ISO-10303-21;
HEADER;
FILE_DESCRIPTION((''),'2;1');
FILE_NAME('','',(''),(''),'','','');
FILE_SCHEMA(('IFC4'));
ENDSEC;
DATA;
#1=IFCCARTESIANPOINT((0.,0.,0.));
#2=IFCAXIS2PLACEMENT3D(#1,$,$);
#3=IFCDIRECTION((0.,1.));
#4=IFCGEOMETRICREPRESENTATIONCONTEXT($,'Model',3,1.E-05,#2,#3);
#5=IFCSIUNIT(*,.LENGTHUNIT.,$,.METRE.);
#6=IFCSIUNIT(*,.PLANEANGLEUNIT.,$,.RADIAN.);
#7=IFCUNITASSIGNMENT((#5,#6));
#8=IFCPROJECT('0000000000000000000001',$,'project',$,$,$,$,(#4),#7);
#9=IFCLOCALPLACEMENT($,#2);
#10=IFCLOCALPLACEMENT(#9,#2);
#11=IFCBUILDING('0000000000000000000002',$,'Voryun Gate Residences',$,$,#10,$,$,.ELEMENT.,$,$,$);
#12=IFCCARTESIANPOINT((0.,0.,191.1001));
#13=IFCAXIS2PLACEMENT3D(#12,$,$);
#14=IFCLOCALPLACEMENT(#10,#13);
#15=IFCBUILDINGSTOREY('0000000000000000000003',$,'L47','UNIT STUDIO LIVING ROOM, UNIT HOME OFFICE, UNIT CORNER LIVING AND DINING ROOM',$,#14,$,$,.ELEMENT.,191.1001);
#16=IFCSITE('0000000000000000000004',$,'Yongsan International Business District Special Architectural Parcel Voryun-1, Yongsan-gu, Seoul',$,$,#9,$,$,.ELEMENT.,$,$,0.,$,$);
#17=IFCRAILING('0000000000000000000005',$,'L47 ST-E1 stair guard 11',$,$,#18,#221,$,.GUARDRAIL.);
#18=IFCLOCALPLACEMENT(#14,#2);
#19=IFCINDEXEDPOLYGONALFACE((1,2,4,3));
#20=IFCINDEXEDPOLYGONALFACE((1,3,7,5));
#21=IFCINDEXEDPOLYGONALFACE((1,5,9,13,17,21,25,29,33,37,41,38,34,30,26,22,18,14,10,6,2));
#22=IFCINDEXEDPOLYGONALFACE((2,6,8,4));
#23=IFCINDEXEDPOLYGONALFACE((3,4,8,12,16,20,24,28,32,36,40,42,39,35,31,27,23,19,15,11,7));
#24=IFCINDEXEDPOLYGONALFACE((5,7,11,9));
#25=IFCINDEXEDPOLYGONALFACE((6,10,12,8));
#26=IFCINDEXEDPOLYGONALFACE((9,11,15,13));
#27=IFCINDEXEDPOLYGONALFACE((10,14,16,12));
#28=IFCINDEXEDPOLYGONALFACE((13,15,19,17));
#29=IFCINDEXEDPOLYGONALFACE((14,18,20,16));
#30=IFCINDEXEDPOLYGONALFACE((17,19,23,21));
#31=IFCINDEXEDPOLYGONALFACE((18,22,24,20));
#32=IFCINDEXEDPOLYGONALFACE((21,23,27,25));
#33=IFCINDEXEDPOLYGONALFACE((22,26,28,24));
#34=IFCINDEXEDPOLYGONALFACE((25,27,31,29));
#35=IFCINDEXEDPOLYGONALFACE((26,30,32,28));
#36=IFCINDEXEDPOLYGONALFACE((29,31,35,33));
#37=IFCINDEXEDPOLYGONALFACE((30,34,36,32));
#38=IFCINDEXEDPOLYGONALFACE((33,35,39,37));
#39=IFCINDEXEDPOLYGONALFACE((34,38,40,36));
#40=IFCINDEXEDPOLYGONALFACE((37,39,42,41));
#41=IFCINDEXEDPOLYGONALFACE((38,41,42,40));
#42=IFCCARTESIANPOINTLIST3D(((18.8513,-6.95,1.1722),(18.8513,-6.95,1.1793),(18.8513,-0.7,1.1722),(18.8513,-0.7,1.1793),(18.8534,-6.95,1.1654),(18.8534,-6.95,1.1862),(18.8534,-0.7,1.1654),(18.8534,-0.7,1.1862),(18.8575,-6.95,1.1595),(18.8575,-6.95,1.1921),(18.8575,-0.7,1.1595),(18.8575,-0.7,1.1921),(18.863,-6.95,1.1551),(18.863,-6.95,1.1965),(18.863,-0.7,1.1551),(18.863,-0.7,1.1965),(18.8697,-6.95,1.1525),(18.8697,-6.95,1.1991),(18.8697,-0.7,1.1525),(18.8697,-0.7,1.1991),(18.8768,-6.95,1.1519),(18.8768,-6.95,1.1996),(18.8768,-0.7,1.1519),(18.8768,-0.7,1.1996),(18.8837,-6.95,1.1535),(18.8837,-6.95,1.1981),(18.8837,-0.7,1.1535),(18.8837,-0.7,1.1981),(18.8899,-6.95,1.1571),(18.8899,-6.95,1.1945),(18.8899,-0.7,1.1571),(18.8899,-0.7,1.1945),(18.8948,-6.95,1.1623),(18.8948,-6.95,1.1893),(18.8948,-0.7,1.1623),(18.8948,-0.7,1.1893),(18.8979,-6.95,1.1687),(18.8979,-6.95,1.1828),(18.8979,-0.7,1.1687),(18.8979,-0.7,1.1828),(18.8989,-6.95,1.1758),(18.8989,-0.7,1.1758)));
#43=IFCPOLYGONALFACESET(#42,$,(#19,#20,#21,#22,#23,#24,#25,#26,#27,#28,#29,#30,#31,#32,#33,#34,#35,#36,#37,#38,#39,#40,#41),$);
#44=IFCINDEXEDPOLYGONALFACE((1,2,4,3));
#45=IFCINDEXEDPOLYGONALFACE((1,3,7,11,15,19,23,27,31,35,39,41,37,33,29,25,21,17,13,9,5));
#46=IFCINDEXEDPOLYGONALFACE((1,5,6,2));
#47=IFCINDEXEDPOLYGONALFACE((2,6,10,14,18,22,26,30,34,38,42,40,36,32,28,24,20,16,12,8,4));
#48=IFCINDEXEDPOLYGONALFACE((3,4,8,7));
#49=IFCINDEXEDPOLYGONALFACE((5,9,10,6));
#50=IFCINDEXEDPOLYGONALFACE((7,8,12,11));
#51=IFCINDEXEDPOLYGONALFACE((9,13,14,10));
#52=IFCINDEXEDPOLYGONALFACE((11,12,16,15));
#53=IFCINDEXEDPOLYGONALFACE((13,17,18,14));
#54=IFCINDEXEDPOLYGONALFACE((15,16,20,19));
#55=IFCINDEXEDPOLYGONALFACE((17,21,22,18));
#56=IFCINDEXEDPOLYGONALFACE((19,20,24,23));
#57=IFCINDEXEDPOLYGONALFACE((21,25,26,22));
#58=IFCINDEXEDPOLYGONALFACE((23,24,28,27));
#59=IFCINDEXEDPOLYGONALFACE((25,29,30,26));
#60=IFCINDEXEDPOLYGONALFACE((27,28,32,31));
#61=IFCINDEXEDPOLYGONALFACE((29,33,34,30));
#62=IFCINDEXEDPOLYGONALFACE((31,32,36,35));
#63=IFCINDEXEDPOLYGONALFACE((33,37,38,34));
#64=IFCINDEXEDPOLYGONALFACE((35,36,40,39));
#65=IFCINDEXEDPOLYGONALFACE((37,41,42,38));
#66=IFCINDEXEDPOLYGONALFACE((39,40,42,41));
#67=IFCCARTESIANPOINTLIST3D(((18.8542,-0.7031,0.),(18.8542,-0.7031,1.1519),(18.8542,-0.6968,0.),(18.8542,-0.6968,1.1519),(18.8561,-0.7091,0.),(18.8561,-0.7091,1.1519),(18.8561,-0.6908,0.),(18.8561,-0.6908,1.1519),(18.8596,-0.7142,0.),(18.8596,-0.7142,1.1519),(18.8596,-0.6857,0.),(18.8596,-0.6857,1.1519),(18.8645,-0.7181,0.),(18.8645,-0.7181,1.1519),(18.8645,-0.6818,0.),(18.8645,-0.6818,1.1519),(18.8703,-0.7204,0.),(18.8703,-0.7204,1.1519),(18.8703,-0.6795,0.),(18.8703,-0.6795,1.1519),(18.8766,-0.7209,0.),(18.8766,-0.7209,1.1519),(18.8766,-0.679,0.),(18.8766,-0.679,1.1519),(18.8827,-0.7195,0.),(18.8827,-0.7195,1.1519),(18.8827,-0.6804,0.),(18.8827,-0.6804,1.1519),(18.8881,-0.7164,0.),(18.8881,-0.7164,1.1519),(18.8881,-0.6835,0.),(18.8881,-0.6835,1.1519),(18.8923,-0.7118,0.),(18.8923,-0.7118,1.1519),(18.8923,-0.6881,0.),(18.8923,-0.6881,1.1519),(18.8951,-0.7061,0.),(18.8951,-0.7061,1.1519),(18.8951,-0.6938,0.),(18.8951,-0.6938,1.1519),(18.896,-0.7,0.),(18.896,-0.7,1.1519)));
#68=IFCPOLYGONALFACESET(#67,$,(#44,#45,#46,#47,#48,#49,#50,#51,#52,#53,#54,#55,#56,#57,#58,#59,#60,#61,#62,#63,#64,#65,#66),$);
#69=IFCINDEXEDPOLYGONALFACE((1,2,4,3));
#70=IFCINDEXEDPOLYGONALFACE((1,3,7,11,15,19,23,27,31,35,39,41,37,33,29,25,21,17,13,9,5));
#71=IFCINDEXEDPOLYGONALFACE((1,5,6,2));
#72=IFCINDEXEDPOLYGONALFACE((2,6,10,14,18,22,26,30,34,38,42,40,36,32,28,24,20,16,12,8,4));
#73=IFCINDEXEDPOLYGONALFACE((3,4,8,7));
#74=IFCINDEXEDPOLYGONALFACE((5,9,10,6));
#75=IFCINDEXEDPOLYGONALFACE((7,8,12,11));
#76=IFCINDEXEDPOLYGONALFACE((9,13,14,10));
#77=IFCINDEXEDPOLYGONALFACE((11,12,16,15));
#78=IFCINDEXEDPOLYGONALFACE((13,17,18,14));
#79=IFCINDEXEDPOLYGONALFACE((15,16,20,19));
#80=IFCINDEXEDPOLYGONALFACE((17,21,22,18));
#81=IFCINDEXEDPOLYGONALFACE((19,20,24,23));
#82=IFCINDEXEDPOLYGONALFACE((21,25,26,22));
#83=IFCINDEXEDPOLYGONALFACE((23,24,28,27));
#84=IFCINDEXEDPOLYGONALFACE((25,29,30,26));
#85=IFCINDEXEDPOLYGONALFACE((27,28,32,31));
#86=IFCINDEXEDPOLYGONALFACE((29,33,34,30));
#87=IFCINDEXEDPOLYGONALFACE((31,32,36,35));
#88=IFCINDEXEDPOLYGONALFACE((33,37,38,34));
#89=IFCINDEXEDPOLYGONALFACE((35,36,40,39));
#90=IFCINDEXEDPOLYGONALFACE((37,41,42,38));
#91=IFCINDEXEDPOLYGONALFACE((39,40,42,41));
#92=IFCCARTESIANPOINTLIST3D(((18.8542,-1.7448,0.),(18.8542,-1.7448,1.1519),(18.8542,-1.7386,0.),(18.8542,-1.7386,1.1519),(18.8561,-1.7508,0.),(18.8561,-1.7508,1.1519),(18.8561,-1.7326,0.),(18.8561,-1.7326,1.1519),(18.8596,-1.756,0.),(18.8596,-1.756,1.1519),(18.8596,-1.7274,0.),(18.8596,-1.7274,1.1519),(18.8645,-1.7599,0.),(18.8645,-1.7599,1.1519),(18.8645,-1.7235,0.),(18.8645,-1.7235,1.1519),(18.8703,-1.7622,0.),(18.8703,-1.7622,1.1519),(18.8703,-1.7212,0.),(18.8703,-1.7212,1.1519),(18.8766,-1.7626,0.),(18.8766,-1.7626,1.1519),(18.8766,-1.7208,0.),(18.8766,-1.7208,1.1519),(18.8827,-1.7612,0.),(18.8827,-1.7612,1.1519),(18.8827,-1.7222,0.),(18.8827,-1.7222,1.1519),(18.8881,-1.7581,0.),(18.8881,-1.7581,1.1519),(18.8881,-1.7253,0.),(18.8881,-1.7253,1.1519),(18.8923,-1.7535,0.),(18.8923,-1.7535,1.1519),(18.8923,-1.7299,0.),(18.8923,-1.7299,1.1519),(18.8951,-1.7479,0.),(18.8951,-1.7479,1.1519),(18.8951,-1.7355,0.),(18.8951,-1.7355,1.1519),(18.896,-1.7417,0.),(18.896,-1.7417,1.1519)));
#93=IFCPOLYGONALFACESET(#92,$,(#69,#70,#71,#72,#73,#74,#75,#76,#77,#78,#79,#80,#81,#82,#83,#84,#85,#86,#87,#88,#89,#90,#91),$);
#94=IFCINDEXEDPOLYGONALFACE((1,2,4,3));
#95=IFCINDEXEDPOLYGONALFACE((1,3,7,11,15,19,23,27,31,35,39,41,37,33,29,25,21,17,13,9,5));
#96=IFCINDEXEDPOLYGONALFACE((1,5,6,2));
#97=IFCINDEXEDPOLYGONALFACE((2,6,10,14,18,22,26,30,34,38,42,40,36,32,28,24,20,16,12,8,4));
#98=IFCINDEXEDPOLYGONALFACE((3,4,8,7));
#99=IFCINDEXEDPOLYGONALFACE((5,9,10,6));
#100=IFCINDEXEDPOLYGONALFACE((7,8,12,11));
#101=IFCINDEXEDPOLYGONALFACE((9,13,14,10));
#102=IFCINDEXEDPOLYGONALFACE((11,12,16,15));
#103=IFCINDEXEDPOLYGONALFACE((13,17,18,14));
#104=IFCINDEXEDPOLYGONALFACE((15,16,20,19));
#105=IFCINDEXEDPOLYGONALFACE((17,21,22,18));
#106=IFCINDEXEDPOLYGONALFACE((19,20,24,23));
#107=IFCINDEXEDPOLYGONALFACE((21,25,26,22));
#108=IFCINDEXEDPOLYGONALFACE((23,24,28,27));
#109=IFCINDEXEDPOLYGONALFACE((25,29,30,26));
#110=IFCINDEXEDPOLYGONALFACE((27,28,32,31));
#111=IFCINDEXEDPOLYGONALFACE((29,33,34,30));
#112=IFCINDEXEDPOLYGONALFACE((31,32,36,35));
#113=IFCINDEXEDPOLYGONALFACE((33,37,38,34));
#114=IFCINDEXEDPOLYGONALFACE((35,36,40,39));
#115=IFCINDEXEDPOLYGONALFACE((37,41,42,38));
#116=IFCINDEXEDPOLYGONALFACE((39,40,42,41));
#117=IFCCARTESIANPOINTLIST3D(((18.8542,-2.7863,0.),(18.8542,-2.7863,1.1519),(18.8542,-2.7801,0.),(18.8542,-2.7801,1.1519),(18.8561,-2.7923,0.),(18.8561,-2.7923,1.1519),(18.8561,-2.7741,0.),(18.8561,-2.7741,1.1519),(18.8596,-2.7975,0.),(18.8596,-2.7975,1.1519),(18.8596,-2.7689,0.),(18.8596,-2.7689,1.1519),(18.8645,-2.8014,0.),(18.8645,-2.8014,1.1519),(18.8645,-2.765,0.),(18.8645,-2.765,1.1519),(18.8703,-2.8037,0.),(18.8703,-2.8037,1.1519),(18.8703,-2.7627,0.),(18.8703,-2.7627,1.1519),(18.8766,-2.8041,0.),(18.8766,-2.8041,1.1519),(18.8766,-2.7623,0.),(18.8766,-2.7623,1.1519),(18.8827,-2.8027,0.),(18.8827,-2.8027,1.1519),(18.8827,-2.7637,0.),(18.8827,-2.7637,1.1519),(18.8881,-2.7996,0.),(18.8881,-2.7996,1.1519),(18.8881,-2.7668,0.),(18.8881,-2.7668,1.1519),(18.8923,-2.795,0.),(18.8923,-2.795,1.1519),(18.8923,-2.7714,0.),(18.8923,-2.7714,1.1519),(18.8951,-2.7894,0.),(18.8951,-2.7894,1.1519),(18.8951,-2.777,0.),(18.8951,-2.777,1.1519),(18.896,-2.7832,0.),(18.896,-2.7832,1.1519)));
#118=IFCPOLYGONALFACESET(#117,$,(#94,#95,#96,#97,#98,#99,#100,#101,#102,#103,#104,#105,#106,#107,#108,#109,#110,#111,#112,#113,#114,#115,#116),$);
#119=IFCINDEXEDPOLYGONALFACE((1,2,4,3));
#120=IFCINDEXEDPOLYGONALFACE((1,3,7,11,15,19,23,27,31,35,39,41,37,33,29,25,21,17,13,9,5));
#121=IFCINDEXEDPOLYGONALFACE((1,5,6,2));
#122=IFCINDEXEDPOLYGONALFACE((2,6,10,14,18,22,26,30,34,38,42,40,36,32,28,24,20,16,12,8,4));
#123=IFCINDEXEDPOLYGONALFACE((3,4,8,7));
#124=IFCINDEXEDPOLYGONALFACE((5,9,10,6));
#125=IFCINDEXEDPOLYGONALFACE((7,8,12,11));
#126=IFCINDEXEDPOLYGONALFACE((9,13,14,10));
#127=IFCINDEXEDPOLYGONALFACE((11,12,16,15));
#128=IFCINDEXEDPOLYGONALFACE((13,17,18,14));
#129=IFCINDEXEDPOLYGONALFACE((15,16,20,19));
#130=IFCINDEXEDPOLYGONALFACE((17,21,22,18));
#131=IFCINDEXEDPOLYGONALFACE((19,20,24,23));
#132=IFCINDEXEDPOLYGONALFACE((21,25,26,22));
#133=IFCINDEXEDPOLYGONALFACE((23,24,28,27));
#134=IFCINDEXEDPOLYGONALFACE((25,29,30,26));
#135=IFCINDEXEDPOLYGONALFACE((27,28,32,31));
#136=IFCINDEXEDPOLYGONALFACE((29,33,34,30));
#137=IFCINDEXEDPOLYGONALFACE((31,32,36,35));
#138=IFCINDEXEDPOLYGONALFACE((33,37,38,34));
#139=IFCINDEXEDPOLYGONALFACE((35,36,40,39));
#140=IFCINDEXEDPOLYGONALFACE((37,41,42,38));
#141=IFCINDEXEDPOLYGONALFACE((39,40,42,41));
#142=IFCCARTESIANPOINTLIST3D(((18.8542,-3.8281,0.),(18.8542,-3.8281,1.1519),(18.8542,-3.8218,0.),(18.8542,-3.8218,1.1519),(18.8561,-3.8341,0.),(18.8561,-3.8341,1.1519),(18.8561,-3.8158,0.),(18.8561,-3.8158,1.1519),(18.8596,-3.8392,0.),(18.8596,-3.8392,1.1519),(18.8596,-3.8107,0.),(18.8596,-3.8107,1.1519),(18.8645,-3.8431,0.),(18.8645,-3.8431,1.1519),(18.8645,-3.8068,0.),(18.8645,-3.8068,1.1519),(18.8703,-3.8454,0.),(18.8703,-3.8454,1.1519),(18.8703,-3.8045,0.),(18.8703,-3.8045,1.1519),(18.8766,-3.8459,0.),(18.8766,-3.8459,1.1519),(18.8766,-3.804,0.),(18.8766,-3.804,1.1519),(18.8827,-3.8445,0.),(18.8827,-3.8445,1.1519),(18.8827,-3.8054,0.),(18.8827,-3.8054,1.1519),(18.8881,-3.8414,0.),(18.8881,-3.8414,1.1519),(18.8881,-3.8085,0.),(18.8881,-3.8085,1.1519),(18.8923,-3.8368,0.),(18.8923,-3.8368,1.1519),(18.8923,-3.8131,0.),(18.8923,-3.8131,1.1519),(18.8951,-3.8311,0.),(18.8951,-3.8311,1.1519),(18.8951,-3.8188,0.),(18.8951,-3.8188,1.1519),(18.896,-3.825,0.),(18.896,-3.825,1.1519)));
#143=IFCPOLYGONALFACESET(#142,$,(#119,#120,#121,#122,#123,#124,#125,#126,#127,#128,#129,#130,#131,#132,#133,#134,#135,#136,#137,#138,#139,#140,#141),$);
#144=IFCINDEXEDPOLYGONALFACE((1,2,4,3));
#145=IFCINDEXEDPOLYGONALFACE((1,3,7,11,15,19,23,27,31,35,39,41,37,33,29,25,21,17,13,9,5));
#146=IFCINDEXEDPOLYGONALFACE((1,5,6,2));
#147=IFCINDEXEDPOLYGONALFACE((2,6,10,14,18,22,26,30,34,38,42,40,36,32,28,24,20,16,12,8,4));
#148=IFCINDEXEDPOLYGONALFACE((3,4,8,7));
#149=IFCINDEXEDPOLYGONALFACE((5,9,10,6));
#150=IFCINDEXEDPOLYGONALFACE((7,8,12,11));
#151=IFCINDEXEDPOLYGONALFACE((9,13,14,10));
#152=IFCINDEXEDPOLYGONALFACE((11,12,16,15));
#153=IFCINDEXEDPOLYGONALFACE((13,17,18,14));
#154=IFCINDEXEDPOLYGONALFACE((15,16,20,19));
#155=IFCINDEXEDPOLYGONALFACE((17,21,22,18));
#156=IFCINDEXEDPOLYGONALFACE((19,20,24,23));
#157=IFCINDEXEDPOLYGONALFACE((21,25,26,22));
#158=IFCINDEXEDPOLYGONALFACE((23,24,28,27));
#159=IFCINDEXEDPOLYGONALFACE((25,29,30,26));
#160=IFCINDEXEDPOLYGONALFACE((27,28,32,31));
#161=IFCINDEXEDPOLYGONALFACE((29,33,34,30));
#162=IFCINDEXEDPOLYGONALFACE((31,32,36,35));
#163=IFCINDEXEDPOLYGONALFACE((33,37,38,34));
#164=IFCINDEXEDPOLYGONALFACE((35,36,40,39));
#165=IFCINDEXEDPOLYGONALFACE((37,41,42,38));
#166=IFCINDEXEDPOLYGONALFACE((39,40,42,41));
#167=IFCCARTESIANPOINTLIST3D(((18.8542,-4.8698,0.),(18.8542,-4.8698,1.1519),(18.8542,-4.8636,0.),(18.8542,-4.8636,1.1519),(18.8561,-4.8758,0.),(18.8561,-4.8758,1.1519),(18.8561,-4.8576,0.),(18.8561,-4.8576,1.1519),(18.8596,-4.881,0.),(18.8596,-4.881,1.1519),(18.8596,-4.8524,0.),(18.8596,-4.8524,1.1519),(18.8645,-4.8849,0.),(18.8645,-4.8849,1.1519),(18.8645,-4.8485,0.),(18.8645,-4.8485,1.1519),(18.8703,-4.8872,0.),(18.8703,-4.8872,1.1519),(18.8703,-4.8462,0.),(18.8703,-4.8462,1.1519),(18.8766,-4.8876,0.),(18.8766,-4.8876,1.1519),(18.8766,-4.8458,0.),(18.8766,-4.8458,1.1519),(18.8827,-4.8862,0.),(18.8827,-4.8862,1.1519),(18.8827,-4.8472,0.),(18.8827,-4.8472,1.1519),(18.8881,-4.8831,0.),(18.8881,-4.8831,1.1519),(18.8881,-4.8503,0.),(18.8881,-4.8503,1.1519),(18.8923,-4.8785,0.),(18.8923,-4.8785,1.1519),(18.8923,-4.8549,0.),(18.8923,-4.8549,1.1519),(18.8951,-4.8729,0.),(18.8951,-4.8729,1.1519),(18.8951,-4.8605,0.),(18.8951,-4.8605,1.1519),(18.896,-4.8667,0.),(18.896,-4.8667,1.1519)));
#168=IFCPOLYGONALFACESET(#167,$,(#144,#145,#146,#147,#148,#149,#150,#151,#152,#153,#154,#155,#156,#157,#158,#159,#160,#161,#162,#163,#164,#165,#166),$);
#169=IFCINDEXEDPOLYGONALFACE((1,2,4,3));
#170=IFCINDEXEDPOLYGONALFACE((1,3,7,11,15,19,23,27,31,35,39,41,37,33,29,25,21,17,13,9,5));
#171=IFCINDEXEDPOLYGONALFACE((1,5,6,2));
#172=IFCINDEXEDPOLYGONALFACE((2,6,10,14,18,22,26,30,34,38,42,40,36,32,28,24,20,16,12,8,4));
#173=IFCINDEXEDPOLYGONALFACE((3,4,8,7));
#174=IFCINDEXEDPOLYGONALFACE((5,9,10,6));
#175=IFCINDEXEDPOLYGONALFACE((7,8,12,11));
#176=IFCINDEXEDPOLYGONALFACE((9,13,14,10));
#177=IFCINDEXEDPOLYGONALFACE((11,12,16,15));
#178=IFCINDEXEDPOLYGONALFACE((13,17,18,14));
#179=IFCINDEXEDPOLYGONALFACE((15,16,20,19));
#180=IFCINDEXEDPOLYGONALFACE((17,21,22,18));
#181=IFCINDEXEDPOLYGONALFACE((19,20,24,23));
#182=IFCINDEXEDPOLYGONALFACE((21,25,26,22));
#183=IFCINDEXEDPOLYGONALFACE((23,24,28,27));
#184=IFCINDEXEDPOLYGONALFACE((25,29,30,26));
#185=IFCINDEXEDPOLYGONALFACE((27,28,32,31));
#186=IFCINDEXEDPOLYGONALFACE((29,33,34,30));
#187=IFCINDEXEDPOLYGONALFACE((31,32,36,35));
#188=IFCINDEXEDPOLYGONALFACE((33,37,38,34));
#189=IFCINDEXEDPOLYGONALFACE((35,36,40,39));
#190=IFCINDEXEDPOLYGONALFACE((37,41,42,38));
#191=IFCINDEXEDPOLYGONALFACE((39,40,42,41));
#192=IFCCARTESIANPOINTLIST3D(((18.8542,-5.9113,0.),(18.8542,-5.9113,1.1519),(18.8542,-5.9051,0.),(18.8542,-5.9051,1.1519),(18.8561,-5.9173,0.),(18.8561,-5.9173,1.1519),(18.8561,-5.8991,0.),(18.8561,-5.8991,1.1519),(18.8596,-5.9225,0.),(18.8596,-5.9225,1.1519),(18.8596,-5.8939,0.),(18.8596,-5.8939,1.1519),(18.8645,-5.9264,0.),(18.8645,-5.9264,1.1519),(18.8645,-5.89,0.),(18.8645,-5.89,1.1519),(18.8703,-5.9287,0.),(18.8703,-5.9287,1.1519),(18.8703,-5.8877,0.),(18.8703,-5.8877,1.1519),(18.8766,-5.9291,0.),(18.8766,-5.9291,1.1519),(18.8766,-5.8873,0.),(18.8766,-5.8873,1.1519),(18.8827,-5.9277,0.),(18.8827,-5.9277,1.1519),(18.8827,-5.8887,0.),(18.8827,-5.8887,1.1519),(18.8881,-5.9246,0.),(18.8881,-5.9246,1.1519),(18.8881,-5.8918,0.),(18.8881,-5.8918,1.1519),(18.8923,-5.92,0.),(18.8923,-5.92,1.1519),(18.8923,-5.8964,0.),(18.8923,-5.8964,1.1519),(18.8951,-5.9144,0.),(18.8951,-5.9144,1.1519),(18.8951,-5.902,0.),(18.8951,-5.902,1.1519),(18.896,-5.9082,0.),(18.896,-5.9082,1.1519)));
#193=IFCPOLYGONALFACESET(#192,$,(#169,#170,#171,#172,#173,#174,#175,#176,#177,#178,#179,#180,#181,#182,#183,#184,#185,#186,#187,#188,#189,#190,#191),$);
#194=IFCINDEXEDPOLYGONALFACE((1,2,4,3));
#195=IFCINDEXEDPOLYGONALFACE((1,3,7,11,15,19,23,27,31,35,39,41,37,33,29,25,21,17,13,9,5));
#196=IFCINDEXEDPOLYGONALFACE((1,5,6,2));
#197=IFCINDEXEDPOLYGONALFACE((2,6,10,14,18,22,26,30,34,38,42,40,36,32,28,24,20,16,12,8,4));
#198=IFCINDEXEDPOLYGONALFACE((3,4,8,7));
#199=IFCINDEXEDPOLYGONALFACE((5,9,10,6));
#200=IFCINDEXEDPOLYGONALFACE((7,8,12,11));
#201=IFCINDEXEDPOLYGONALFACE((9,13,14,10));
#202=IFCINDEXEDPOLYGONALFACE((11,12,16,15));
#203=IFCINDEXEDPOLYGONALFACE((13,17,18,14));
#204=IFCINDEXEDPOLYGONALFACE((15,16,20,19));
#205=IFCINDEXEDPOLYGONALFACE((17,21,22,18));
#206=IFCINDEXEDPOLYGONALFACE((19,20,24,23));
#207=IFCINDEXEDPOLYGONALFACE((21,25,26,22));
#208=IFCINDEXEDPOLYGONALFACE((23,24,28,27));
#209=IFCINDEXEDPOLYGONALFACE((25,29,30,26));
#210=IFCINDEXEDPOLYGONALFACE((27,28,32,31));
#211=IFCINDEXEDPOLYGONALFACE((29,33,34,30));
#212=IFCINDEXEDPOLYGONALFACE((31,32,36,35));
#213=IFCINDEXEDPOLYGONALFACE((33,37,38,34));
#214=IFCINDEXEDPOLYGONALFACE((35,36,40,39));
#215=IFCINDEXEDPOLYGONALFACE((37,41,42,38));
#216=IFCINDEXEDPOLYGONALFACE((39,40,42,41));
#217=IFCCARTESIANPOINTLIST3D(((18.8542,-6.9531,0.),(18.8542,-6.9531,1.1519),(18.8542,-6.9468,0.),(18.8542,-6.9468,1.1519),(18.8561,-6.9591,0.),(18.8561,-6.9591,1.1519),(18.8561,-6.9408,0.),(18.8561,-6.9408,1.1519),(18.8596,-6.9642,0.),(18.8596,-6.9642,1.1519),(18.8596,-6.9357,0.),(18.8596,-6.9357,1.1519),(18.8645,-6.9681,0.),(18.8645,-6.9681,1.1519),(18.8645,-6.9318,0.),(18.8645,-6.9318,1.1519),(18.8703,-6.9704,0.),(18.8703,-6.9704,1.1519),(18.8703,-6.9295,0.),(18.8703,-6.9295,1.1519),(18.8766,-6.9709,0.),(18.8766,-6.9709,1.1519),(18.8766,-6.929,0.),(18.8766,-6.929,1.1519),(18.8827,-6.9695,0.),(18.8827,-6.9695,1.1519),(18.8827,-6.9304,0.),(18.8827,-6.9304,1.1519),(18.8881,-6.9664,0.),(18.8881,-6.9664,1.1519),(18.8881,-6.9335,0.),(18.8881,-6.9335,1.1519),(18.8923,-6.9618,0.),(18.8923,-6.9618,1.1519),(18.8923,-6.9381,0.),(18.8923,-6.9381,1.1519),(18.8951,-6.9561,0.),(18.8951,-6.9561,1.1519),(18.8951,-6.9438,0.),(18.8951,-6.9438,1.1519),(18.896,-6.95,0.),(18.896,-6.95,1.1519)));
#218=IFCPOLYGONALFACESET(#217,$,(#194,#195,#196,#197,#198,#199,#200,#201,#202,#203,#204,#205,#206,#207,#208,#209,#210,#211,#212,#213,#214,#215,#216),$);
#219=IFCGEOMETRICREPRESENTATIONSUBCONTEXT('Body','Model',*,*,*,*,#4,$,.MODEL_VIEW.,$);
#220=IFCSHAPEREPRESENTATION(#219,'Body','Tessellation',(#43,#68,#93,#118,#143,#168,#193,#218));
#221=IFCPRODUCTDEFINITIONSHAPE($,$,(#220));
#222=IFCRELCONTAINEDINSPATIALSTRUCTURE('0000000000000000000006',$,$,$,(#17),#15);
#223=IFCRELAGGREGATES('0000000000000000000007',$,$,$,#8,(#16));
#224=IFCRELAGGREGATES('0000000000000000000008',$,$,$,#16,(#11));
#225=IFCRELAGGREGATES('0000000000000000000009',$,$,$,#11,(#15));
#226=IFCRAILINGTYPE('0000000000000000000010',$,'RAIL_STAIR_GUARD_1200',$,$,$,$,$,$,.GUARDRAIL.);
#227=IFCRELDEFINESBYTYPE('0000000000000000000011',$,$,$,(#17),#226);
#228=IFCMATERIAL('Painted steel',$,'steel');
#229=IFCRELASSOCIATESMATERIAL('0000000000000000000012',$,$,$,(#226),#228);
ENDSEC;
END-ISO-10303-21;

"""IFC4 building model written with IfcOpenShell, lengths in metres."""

from ifc_helpers import new_model, si_unit, direction, frame, origin, origin_2d, place, context, subcontext, project, spatial, circle, extrude, material, type_object, element, save


model = new_model("IFC4")

# Units and contexts
model_context = context("Model", 3, precision=1e-05, world=origin(), true_north=direction((0.0, 1.0)))
body_context = subcontext(model_context, "Body", "Model", "MODEL_VIEW")
ifc_project = project(units=[si_unit("LENGTHUNIT", "METRE"), si_unit("PLANEANGLEUNIT", "RADIAN")], contexts=[model_context])

# Site, building, storey
site_placement = place(None, origin())
site = spatial("IfcSite", under=ifc_project, at=site_placement, Name="Yongsan International Business District Special Architectural Parcel Voryun-1, Yongsan-gu, Seoul", CompositionType="ELEMENT", RefElevation=0.0)
building_placement = place(site_placement, origin())
building = spatial("IfcBuilding", under=site, at=building_placement, Name="Voryun Gate Residences", CompositionType="ELEMENT")
storey_placement = place(building_placement, frame((0.0, 0.0, 191.1001)))
storey = spatial("IfcBuildingStorey", under=building, at=storey_placement, Name="L47", Description="UNIT STUDIO LIVING ROOM, UNIT HOME OFFICE, UNIT CORNER LIVING AND DINING ROOM", CompositionType="ELEMENT", Elevation=191.1001)

# Railing
ifc_material_1 = material(Name="Painted steel", Category="steel")
railing_type = type_object("IfcRailingType", Name="RAIL_STAIR_GUARD_1200", PredefinedType="GUARDRAIL", material=ifc_material_1)
railing_1_placement = place(storey_placement, frame((18.875, -0.7, 0.0)))
element("IfcRailing", 1, at=railing_1_placement, inside=storey, type_object=railing_type, Name="L47 ST-E1 stair guard 11", PredefinedType="GUARDRAIL", context=body_context, shape_type="SweptSolid", body=[
    extrude(circle(Radius=0.0239, at=origin_2d()), frame((0.0, 0.0, 1.1758), z_axis=(0.0, -1.0, 0.0), x_axis=(1.0, 0.0, 0.0)), (0.0, 0.0, 1.0), 6.25),
    extrude(circle(Radius=0.021, at=origin_2d()), origin(), (0.0, 0.0, 1.0), 1.1519),
    extrude(circle(Radius=0.021, at=origin_2d()), frame((0.0, -1.0417, 0.0)), (0.0, 0.0, 1.0), 1.1519),
    extrude(circle(Radius=0.021, at=origin_2d()), frame((0.0, -2.0833, 0.0)), (0.0, 0.0, 1.0), 1.1519),
    extrude(circle(Radius=0.021, at=origin_2d()), frame((0.0, -3.125, 0.0)), (0.0, 0.0, 1.0), 1.1519),
    extrude(circle(Radius=0.021, at=origin_2d()), frame((0.0, -4.1667, 0.0)), (0.0, 0.0, 1.0), 1.1519),
    extrude(circle(Radius=0.021, at=origin_2d()), frame((0.0, -5.2083, 0.0)), (0.0, 0.0, 1.0), 1.1519),
    extrude(circle(Radius=0.021, at=origin_2d()), frame((0.0, -6.25, 0.0)), (0.0, 0.0, 1.0), 1.1519),
])

save(model, "model.ifc")
